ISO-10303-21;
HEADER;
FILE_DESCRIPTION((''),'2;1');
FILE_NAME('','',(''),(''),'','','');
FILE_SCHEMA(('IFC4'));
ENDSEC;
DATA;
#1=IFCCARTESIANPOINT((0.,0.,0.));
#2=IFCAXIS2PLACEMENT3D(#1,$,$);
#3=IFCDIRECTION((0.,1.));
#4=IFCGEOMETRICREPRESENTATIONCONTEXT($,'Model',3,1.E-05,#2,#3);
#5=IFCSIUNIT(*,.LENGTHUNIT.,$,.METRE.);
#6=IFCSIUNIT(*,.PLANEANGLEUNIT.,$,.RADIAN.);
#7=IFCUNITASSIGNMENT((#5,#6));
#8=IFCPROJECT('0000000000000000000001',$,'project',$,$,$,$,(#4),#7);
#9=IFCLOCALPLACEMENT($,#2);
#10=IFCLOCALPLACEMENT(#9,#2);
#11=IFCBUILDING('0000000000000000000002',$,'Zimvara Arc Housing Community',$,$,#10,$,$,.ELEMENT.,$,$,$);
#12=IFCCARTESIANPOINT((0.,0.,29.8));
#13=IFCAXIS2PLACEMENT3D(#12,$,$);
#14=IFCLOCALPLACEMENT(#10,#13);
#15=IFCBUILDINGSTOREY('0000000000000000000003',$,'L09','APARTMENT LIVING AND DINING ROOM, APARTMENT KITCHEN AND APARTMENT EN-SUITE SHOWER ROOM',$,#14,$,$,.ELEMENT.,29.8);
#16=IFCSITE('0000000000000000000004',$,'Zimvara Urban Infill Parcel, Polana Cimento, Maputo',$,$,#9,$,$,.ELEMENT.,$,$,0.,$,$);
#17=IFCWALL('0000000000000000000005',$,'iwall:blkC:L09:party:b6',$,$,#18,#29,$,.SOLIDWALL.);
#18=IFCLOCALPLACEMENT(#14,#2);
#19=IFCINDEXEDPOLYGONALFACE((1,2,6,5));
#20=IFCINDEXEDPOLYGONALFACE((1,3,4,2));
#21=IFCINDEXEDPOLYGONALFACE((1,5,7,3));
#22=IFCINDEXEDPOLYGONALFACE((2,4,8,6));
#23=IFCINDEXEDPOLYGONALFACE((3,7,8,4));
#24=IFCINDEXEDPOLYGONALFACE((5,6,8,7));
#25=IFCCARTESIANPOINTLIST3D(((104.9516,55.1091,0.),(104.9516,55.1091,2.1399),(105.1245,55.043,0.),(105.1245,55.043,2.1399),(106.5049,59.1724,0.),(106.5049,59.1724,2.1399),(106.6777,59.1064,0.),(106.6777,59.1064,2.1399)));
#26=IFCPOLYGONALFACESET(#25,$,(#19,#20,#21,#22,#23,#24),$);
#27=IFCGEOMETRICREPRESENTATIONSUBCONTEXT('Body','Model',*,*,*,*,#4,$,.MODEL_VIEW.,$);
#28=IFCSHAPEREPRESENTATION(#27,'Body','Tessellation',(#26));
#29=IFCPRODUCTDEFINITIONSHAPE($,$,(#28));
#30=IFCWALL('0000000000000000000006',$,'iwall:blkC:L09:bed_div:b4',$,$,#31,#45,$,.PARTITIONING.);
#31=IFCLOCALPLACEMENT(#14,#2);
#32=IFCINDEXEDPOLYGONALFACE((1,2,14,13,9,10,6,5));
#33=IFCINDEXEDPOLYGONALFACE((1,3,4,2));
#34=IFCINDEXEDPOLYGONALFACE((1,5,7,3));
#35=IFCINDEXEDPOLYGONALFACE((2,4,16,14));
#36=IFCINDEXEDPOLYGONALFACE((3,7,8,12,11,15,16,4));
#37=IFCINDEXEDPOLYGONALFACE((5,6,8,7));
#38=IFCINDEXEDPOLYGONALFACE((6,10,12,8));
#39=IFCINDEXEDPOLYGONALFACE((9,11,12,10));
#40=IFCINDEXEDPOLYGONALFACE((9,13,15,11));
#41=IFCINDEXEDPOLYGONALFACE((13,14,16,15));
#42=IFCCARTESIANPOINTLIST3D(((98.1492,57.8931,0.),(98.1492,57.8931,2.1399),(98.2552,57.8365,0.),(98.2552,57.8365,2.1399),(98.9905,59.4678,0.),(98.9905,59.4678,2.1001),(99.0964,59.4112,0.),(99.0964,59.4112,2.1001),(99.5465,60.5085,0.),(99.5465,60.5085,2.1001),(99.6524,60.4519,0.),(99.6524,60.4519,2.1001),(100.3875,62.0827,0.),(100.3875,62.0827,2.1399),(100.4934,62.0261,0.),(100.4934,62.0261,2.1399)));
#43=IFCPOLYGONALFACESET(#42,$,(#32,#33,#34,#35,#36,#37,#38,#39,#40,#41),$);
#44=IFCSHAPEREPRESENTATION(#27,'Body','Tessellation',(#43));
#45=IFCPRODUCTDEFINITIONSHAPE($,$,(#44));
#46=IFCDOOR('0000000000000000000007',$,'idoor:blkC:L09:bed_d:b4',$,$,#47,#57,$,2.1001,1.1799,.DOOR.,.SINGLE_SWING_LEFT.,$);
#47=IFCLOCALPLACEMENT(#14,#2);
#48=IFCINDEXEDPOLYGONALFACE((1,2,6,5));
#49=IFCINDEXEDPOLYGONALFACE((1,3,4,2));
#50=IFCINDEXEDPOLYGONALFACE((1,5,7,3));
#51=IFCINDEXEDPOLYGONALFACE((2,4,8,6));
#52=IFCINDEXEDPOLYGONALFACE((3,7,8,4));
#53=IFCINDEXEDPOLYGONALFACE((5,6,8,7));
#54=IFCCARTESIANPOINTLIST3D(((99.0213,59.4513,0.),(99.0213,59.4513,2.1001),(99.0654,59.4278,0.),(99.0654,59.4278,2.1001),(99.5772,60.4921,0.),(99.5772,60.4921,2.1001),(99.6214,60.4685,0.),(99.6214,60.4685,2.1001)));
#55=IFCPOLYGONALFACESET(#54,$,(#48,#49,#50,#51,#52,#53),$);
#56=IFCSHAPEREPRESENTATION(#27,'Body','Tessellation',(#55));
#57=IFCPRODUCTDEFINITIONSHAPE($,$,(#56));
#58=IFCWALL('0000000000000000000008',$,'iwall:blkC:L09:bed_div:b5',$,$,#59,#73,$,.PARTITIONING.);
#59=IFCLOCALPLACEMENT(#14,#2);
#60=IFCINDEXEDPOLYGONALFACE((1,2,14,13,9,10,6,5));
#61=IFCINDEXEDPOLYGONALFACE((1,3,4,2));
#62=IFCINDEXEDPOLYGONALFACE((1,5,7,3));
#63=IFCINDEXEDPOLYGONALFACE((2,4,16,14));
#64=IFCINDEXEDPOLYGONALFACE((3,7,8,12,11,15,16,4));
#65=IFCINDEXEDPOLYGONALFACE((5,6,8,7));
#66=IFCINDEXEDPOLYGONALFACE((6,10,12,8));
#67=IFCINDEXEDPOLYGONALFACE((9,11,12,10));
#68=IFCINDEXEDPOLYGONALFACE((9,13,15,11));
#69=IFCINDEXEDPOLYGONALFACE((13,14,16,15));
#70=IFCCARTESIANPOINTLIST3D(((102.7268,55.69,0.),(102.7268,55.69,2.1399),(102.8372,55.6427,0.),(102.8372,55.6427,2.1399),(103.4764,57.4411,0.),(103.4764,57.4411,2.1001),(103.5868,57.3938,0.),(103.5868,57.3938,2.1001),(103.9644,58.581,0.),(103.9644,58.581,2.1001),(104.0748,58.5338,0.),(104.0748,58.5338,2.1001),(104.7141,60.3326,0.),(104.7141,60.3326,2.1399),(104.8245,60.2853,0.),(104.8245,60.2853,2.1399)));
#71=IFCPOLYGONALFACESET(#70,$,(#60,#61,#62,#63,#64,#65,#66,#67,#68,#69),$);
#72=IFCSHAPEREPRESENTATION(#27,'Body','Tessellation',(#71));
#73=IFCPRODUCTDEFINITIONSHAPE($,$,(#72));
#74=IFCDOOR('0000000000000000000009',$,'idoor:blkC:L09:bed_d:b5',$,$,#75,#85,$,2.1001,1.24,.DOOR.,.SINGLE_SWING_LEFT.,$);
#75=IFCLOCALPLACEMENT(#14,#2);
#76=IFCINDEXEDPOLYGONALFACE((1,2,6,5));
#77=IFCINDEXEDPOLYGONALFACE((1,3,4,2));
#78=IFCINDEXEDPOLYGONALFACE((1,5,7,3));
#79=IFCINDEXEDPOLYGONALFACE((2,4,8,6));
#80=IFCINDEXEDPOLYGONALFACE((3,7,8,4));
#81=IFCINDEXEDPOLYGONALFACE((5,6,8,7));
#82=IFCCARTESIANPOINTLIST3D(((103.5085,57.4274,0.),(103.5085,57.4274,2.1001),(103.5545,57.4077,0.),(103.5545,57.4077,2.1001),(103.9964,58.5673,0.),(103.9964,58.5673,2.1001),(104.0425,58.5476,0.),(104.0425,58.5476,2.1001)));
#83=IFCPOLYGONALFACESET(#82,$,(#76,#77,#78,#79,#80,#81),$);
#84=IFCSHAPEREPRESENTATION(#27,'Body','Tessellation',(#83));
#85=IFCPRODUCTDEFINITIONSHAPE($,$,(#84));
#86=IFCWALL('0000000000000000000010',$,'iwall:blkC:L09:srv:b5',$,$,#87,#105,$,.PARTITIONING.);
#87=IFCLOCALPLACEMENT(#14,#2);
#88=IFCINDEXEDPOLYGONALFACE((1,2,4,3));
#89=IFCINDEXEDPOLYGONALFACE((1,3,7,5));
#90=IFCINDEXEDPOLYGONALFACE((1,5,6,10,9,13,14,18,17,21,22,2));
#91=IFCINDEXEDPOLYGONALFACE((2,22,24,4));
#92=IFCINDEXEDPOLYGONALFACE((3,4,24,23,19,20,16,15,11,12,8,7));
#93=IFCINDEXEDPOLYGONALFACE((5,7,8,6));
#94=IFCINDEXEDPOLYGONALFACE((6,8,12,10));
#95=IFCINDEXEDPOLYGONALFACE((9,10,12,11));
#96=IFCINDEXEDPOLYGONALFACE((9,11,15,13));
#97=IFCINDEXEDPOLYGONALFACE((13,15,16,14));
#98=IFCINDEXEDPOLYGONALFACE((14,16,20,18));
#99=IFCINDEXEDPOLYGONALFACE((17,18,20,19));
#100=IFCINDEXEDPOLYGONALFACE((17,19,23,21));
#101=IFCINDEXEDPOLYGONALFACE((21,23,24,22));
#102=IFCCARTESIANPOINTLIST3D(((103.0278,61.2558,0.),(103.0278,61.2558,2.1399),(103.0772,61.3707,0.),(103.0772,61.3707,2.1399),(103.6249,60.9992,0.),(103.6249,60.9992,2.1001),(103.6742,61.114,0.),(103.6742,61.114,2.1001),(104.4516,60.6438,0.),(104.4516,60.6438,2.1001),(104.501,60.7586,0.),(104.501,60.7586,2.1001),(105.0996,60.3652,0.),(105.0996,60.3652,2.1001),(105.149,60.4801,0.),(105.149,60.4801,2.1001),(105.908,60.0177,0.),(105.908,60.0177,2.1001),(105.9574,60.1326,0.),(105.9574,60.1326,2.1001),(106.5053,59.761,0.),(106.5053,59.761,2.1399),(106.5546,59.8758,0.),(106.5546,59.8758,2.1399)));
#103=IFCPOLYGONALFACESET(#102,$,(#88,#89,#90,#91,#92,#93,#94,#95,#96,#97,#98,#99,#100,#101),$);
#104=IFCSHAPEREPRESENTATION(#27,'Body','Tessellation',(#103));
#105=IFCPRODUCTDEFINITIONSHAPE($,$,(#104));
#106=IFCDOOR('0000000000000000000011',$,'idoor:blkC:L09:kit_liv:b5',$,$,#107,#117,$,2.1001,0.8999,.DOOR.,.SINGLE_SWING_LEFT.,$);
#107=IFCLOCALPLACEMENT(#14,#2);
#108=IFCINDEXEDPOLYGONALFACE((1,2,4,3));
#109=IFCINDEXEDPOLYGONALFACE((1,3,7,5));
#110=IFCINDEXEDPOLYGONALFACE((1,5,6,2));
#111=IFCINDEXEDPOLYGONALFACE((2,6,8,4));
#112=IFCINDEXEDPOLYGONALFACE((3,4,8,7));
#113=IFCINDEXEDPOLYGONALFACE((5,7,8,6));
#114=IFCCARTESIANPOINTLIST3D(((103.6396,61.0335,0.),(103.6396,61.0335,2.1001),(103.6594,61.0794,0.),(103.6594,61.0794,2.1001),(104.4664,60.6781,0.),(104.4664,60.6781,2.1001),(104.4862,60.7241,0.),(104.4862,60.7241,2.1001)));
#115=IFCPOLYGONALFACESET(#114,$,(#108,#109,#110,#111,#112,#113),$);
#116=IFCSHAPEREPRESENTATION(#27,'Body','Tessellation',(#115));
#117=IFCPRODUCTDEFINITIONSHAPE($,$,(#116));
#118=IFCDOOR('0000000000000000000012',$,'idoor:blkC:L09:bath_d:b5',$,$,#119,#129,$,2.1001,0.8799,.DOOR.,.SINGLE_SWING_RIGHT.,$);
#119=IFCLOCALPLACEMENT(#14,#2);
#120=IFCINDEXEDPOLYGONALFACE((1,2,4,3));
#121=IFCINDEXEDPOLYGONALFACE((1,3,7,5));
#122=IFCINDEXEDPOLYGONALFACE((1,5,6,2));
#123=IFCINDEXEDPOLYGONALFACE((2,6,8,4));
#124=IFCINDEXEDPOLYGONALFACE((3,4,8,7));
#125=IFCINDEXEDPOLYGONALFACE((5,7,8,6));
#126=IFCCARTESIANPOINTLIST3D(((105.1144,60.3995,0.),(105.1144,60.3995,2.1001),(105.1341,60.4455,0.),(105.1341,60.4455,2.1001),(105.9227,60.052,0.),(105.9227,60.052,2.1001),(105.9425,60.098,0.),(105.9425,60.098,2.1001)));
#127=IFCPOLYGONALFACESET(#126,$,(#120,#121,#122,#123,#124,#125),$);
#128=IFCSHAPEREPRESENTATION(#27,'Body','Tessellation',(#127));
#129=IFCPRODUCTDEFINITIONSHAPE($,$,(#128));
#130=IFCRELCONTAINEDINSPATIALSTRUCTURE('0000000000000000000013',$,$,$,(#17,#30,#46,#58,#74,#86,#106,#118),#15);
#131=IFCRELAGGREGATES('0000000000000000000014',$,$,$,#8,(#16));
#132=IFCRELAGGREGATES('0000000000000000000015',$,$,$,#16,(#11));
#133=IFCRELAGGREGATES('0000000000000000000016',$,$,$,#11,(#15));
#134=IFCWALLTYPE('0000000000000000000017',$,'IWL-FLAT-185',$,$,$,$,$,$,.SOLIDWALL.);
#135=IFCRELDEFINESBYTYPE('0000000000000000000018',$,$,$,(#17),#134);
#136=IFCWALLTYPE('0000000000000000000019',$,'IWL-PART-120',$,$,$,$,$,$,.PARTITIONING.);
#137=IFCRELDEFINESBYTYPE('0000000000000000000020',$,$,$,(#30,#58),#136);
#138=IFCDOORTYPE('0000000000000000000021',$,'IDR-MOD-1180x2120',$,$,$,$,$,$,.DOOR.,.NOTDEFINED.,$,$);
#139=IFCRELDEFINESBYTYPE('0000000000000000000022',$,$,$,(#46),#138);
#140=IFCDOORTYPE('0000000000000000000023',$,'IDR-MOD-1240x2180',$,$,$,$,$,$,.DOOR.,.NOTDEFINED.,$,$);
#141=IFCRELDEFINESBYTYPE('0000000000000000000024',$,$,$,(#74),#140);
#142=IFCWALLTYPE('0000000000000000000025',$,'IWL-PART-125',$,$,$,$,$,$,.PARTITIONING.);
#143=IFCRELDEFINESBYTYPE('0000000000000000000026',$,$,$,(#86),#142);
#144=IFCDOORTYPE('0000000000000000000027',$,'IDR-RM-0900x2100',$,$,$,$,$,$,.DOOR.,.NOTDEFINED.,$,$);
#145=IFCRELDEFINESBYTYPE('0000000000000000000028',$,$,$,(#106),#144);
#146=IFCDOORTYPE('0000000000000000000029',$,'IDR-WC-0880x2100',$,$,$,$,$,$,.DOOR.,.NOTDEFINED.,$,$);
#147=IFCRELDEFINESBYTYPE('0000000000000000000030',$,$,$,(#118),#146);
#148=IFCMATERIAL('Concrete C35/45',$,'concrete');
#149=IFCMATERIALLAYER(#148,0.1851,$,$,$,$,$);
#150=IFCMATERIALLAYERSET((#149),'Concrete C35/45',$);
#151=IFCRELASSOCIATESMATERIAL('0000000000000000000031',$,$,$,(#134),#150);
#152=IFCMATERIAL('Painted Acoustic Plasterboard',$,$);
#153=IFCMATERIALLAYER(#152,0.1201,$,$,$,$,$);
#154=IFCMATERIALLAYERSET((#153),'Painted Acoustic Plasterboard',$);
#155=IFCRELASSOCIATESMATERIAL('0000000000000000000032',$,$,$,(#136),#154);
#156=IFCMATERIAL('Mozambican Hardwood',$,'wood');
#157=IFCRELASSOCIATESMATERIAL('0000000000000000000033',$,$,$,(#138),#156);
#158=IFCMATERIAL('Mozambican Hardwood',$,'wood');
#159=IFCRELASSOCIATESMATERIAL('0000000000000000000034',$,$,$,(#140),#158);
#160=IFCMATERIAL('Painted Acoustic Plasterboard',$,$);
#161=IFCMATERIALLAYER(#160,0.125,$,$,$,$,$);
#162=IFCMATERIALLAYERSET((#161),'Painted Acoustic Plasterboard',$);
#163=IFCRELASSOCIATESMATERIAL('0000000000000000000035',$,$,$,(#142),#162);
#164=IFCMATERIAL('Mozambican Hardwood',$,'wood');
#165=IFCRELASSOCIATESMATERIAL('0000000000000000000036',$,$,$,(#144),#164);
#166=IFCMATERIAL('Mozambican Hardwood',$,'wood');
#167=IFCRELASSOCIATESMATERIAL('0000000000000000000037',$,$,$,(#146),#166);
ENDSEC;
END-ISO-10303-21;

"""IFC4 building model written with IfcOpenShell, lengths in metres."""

from ifc_helpers import new_model, si_unit, direction, frame, frame_2d, origin, place, context, subcontext, project, spatial, rectangle, extrude, material, layer, layer_set, type_object, element, fill, save


model = new_model("IFC4")

# Units and contexts
model_context = context("Model", 3, precision=1e-05, world=origin(), true_north=direction((0.0, 1.0)))
body_context = subcontext(model_context, "Body", "Model", "MODEL_VIEW")
ifc_project = project(units=[si_unit("LENGTHUNIT", "METRE"), si_unit("PLANEANGLEUNIT", "RADIAN")], contexts=[model_context])

# Site, building, storey
site_placement = place(None, origin())
site = spatial("IfcSite", under=ifc_project, at=site_placement, Name="Zimvara Urban Infill Parcel, Polana Cimento, Maputo", CompositionType="ELEMENT", RefElevation=0.0)
building_placement = place(site_placement, origin())
building = spatial("IfcBuilding", under=site, at=building_placement, Name="Zimvara Arc Housing Community", CompositionType="ELEMENT")
storey_placement = place(building_placement, frame((0.0, 0.0, 29.8)))
storey = spatial("IfcBuildingStorey", under=building, at=storey_placement, Name="L09", Description="APARTMENT LIVING AND DINING ROOM, APARTMENT KITCHEN AND APARTMENT EN-SUITE SHOWER ROOM", CompositionType="ELEMENT", Elevation=29.8)

# Wall
ifc_material_1 = material(Name="Concrete C35/45", Category="concrete")
ifc_layer_1 = layer(ifc_material_1, 0.1851)
ifc_layer_set_1 = layer_set([ifc_layer_1], Name="Concrete C35/45")
wall_type_1 = type_object("IfcWallType", Name="IWL-FLAT-185", PredefinedType="SOLIDWALL", material=ifc_layer_set_1)
wall_1_placement = place(storey_placement, frame((106.5913, 59.1394, 0.0), z_axis=(0.0, 0.0, 1.0), x_axis=(-0.357064, -0.93408, 0.0)))
element("IfcWall", 1, at=wall_1_placement, inside=storey, type_object=wall_type_1, Name="iwall:blkC:L09:party:b6", PredefinedType="SOLIDWALL", context=body_context, shape_type="SweptSolid", body=[
    extrude(rectangle(XDim=4.3501, YDim=0.1851, at=frame_2d((2.175, 0.0))), origin(), (0.0, 0.0, 1.0), 2.1399),
])

# Walls, openings, doors
ifc_material_2 = material(Name="Painted Acoustic Plasterboard")
ifc_layer_2 = layer(ifc_material_2, 0.1201)
ifc_layer_set_2 = layer_set([ifc_layer_2], Name="Painted Acoustic Plasterboard")
wall_type_2 = type_object("IfcWallType", Name="IWL-PART-120", PredefinedType="PARTITIONING", material=ifc_layer_set_2)
wall_2_placement = place(storey_placement, frame((100.4404, 62.0544, 0.0), z_axis=(0.0, 0.0, 1.0), x_axis=(-0.471207, -0.882023, 0.0)))
wall_2 = element("IfcWall", 2, at=wall_2_placement, inside=storey, type_object=wall_type_2, Name="iwall:blkC:L09:bed_div:b4", PredefinedType="PARTITIONING", context=body_context, shape_type="SweptSolid", body=[
    extrude(rectangle(XDim=4.75, YDim=0.1201, at=frame_2d((2.375, 0.0))), origin(), (0.0, 0.0, 1.0), 2.1399),
])
opening_1_placement = place(wall_2_placement, frame((1.7849, 0.0, 0.0)))
opening_1 = element("IfcOpeningElement", 3, at=opening_1_placement, cuts=wall_2, PredefinedType="OPENING", context=body_context, shape_type="SweptSolid", body=[
    extrude(rectangle(XDim=1.1799, YDim=2.1001, at=frame_2d((0.5898, 1.05))), frame((0.0, 0.0701, 0.0), z_axis=(0.0, -1.0, 0.0), x_axis=(1.0, 0.0, 0.0)), (0.0, 0.0, 1.0), 0.1401),
])
ifc_material_3 = material(Name="Mozambican Hardwood", Category="wood")
door_type_1 = type_object("IfcDoorType", Name="IDR-MOD-1180x2120", OperationType="NOTDEFINED", PredefinedType="DOOR", material=ifc_material_3)
door_1_placement = place(opening_1_placement, origin())
door_1 = element("IfcDoor", 4, at=door_1_placement, inside=storey, type_object=door_type_1, Name="idoor:blkC:L09:bed_d:b4", OperationType="SINGLE_SWING_LEFT", OverallHeight=2.1001, OverallWidth=1.1799, PredefinedType="DOOR", context=body_context, shape_type="SweptSolid", body=[
    extrude(rectangle(XDim=1.1799, YDim=2.1001, at=frame_2d((0.5898, 1.05))), frame((0.0, 0.0249, 0.0), z_axis=(0.0, -1.0, 0.0), x_axis=(1.0, 0.0, 0.0)), (0.0, 0.0, 1.0), 0.05),
])
fill(opening_1, door_1)
wall_3_placement = place(storey_placement, frame((104.7693, 60.3088, 0.0), z_axis=(0.0, 0.0, 1.0), x_axis=(-0.393523, -0.919315, 0.0)))
wall_3 = element("IfcWall", 5, at=wall_3_placement, inside=storey, type_object=wall_type_2, Name="iwall:blkC:L09:bed_div:b5", PredefinedType="PARTITIONING", context=body_context, shape_type="SweptSolid", body=[
    extrude(rectangle(XDim=5.05, YDim=0.1201, at=frame_2d((2.5249, 0.0))), origin(), (0.0, 0.0, 1.0), 2.1399),
])
opening_2_placement = place(wall_3_placement, frame((1.905, 0.0, 0.0)))
opening_2 = element("IfcOpeningElement", 6, at=opening_2_placement, cuts=wall_3, PredefinedType="OPENING", context=body_context, shape_type="SweptSolid", body=[
    extrude(rectangle(XDim=1.24, YDim=2.1001, at=frame_2d((0.6201, 1.05))), frame((0.0, 0.0701, 0.0), z_axis=(0.0, -1.0, 0.0), x_axis=(1.0, 0.0, 0.0)), (0.0, 0.0, 1.0), 0.1401),
])
ifc_material_4 = material(Name="Mozambican Hardwood", Category="wood")
door_type_2 = type_object("IfcDoorType", Name="IDR-MOD-1240x2180", OperationType="NOTDEFINED", PredefinedType="DOOR", material=ifc_material_4)
door_2_placement = place(opening_2_placement, origin())
door_2 = element("IfcDoor", 7, at=door_2_placement, inside=storey, type_object=door_type_2, Name="idoor:blkC:L09:bed_d:b5", OperationType="SINGLE_SWING_LEFT", OverallHeight=2.1001, OverallWidth=1.24, PredefinedType="DOOR", context=body_context, shape_type="SweptSolid", body=[
    extrude(rectangle(XDim=1.24, YDim=2.1001, at=frame_2d((0.6201, 1.05))), frame((0.0, 0.0249, 0.0), z_axis=(0.0, -1.0, 0.0), x_axis=(1.0, 0.0, 0.0)), (0.0, 0.0, 1.0), 0.05),
])
fill(opening_2, door_2)

# Wall, openings, doors
ifc_material_5 = material(Name="Painted Acoustic Plasterboard")
ifc_layer_3 = layer(ifc_material_5, 0.125)
ifc_layer_set_3 = layer_set([ifc_layer_3], Name="Painted Acoustic Plasterboard")
wall_type_3 = type_object("IfcWallType", Name="IWL-PART-125", PredefinedType="PARTITIONING", material=ifc_layer_set_3)
wall_4_placement = place(storey_placement, frame((103.0525, 61.3132, 0.0), z_axis=(0.0, 0.0, 1.0), x_axis=(0.918714, -0.394923, 0.0)))
wall_4 = element("IfcWall", 8, at=wall_4_placement, inside=storey, type_object=wall_type_3, Name="iwall:blkC:L09:srv:b5", PredefinedType="PARTITIONING", context=body_context, shape_type="SweptSolid", body=[
    extrude(rectangle(XDim=3.7852, YDim=0.125, at=frame_2d((1.8926, 0.0))), origin(), (0.0, 0.0, 1.0), 2.1399),
])
opening_3_placement = place(wall_4_placement, frame((0.6499, 0.0, 0.0)))
opening_3 = element("IfcOpeningElement", 9, at=opening_3_placement, cuts=wall_4, PredefinedType="OPENING", context=body_context, shape_type="SweptSolid", body=[
    extrude(rectangle(XDim=0.8999, YDim=2.1001, at=frame_2d((0.45, 1.05))), frame((0.0, 0.0725, 0.0), z_axis=(0.0, -1.0, 0.0), x_axis=(1.0, 0.0, 0.0)), (0.0, 0.0, 1.0), 0.145),
])
opening_4_placement = place(wall_4_placement, frame((2.2551, 0.0, 0.0)))
opening_4 = element("IfcOpeningElement", 10, at=opening_4_placement, cuts=wall_4, PredefinedType="OPENING", context=body_context, shape_type="SweptSolid", body=[
    extrude(rectangle(XDim=0.8799, YDim=2.1001, at=frame_2d((0.4399, 1.05))), frame((0.0, 0.0725, 0.0), z_axis=(0.0, -1.0, 0.0), x_axis=(1.0, 0.0, 0.0)), (0.0, 0.0, 1.0), 0.145),
])
ifc_material_6 = material(Name="Mozambican Hardwood", Category="wood")
door_type_3 = type_object("IfcDoorType", Name="IDR-RM-0900x2100", OperationType="NOTDEFINED", PredefinedType="DOOR", material=ifc_material_6)
door_3_placement = place(opening_3_placement, origin())
door_3 = element("IfcDoor", 11, at=door_3_placement, inside=storey, type_object=door_type_3, Name="idoor:blkC:L09:kit_liv:b5", OperationType="SINGLE_SWING_LEFT", OverallHeight=2.1001, OverallWidth=0.8999, PredefinedType="DOOR", context=body_context, shape_type="SweptSolid", body=[
    extrude(rectangle(XDim=0.8999, YDim=2.1001, at=frame_2d((0.45, 1.05))), frame((0.0, 0.0249, 0.0), z_axis=(0.0, -1.0, 0.0), x_axis=(1.0, 0.0, 0.0)), (0.0, 0.0, 1.0), 0.05),
])
fill(opening_3, door_3)
ifc_material_7 = material(Name="Mozambican Hardwood", Category="wood")
door_type_4 = type_object("IfcDoorType", Name="IDR-WC-0880x2100", OperationType="NOTDEFINED", PredefinedType="DOOR", material=ifc_material_7)
door_4_placement = place(opening_4_placement, origin())
door_4 = element("IfcDoor", 12, at=door_4_placement, inside=storey, type_object=door_type_4, Name="idoor:blkC:L09:bath_d:b5", OperationType="SINGLE_SWING_RIGHT", OverallHeight=2.1001, OverallWidth=0.8799, PredefinedType="DOOR", context=body_context, shape_type="SweptSolid", body=[
    extrude(rectangle(XDim=0.8799, YDim=2.1001, at=frame_2d((0.4399, 1.05))), frame((0.0, 0.0249, 0.0), z_axis=(0.0, -1.0, 0.0), x_axis=(1.0, 0.0, 0.0)), (0.0, 0.0, 1.0), 0.05),
])
fill(opening_4, door_4)

save(model, "model.ifc")
